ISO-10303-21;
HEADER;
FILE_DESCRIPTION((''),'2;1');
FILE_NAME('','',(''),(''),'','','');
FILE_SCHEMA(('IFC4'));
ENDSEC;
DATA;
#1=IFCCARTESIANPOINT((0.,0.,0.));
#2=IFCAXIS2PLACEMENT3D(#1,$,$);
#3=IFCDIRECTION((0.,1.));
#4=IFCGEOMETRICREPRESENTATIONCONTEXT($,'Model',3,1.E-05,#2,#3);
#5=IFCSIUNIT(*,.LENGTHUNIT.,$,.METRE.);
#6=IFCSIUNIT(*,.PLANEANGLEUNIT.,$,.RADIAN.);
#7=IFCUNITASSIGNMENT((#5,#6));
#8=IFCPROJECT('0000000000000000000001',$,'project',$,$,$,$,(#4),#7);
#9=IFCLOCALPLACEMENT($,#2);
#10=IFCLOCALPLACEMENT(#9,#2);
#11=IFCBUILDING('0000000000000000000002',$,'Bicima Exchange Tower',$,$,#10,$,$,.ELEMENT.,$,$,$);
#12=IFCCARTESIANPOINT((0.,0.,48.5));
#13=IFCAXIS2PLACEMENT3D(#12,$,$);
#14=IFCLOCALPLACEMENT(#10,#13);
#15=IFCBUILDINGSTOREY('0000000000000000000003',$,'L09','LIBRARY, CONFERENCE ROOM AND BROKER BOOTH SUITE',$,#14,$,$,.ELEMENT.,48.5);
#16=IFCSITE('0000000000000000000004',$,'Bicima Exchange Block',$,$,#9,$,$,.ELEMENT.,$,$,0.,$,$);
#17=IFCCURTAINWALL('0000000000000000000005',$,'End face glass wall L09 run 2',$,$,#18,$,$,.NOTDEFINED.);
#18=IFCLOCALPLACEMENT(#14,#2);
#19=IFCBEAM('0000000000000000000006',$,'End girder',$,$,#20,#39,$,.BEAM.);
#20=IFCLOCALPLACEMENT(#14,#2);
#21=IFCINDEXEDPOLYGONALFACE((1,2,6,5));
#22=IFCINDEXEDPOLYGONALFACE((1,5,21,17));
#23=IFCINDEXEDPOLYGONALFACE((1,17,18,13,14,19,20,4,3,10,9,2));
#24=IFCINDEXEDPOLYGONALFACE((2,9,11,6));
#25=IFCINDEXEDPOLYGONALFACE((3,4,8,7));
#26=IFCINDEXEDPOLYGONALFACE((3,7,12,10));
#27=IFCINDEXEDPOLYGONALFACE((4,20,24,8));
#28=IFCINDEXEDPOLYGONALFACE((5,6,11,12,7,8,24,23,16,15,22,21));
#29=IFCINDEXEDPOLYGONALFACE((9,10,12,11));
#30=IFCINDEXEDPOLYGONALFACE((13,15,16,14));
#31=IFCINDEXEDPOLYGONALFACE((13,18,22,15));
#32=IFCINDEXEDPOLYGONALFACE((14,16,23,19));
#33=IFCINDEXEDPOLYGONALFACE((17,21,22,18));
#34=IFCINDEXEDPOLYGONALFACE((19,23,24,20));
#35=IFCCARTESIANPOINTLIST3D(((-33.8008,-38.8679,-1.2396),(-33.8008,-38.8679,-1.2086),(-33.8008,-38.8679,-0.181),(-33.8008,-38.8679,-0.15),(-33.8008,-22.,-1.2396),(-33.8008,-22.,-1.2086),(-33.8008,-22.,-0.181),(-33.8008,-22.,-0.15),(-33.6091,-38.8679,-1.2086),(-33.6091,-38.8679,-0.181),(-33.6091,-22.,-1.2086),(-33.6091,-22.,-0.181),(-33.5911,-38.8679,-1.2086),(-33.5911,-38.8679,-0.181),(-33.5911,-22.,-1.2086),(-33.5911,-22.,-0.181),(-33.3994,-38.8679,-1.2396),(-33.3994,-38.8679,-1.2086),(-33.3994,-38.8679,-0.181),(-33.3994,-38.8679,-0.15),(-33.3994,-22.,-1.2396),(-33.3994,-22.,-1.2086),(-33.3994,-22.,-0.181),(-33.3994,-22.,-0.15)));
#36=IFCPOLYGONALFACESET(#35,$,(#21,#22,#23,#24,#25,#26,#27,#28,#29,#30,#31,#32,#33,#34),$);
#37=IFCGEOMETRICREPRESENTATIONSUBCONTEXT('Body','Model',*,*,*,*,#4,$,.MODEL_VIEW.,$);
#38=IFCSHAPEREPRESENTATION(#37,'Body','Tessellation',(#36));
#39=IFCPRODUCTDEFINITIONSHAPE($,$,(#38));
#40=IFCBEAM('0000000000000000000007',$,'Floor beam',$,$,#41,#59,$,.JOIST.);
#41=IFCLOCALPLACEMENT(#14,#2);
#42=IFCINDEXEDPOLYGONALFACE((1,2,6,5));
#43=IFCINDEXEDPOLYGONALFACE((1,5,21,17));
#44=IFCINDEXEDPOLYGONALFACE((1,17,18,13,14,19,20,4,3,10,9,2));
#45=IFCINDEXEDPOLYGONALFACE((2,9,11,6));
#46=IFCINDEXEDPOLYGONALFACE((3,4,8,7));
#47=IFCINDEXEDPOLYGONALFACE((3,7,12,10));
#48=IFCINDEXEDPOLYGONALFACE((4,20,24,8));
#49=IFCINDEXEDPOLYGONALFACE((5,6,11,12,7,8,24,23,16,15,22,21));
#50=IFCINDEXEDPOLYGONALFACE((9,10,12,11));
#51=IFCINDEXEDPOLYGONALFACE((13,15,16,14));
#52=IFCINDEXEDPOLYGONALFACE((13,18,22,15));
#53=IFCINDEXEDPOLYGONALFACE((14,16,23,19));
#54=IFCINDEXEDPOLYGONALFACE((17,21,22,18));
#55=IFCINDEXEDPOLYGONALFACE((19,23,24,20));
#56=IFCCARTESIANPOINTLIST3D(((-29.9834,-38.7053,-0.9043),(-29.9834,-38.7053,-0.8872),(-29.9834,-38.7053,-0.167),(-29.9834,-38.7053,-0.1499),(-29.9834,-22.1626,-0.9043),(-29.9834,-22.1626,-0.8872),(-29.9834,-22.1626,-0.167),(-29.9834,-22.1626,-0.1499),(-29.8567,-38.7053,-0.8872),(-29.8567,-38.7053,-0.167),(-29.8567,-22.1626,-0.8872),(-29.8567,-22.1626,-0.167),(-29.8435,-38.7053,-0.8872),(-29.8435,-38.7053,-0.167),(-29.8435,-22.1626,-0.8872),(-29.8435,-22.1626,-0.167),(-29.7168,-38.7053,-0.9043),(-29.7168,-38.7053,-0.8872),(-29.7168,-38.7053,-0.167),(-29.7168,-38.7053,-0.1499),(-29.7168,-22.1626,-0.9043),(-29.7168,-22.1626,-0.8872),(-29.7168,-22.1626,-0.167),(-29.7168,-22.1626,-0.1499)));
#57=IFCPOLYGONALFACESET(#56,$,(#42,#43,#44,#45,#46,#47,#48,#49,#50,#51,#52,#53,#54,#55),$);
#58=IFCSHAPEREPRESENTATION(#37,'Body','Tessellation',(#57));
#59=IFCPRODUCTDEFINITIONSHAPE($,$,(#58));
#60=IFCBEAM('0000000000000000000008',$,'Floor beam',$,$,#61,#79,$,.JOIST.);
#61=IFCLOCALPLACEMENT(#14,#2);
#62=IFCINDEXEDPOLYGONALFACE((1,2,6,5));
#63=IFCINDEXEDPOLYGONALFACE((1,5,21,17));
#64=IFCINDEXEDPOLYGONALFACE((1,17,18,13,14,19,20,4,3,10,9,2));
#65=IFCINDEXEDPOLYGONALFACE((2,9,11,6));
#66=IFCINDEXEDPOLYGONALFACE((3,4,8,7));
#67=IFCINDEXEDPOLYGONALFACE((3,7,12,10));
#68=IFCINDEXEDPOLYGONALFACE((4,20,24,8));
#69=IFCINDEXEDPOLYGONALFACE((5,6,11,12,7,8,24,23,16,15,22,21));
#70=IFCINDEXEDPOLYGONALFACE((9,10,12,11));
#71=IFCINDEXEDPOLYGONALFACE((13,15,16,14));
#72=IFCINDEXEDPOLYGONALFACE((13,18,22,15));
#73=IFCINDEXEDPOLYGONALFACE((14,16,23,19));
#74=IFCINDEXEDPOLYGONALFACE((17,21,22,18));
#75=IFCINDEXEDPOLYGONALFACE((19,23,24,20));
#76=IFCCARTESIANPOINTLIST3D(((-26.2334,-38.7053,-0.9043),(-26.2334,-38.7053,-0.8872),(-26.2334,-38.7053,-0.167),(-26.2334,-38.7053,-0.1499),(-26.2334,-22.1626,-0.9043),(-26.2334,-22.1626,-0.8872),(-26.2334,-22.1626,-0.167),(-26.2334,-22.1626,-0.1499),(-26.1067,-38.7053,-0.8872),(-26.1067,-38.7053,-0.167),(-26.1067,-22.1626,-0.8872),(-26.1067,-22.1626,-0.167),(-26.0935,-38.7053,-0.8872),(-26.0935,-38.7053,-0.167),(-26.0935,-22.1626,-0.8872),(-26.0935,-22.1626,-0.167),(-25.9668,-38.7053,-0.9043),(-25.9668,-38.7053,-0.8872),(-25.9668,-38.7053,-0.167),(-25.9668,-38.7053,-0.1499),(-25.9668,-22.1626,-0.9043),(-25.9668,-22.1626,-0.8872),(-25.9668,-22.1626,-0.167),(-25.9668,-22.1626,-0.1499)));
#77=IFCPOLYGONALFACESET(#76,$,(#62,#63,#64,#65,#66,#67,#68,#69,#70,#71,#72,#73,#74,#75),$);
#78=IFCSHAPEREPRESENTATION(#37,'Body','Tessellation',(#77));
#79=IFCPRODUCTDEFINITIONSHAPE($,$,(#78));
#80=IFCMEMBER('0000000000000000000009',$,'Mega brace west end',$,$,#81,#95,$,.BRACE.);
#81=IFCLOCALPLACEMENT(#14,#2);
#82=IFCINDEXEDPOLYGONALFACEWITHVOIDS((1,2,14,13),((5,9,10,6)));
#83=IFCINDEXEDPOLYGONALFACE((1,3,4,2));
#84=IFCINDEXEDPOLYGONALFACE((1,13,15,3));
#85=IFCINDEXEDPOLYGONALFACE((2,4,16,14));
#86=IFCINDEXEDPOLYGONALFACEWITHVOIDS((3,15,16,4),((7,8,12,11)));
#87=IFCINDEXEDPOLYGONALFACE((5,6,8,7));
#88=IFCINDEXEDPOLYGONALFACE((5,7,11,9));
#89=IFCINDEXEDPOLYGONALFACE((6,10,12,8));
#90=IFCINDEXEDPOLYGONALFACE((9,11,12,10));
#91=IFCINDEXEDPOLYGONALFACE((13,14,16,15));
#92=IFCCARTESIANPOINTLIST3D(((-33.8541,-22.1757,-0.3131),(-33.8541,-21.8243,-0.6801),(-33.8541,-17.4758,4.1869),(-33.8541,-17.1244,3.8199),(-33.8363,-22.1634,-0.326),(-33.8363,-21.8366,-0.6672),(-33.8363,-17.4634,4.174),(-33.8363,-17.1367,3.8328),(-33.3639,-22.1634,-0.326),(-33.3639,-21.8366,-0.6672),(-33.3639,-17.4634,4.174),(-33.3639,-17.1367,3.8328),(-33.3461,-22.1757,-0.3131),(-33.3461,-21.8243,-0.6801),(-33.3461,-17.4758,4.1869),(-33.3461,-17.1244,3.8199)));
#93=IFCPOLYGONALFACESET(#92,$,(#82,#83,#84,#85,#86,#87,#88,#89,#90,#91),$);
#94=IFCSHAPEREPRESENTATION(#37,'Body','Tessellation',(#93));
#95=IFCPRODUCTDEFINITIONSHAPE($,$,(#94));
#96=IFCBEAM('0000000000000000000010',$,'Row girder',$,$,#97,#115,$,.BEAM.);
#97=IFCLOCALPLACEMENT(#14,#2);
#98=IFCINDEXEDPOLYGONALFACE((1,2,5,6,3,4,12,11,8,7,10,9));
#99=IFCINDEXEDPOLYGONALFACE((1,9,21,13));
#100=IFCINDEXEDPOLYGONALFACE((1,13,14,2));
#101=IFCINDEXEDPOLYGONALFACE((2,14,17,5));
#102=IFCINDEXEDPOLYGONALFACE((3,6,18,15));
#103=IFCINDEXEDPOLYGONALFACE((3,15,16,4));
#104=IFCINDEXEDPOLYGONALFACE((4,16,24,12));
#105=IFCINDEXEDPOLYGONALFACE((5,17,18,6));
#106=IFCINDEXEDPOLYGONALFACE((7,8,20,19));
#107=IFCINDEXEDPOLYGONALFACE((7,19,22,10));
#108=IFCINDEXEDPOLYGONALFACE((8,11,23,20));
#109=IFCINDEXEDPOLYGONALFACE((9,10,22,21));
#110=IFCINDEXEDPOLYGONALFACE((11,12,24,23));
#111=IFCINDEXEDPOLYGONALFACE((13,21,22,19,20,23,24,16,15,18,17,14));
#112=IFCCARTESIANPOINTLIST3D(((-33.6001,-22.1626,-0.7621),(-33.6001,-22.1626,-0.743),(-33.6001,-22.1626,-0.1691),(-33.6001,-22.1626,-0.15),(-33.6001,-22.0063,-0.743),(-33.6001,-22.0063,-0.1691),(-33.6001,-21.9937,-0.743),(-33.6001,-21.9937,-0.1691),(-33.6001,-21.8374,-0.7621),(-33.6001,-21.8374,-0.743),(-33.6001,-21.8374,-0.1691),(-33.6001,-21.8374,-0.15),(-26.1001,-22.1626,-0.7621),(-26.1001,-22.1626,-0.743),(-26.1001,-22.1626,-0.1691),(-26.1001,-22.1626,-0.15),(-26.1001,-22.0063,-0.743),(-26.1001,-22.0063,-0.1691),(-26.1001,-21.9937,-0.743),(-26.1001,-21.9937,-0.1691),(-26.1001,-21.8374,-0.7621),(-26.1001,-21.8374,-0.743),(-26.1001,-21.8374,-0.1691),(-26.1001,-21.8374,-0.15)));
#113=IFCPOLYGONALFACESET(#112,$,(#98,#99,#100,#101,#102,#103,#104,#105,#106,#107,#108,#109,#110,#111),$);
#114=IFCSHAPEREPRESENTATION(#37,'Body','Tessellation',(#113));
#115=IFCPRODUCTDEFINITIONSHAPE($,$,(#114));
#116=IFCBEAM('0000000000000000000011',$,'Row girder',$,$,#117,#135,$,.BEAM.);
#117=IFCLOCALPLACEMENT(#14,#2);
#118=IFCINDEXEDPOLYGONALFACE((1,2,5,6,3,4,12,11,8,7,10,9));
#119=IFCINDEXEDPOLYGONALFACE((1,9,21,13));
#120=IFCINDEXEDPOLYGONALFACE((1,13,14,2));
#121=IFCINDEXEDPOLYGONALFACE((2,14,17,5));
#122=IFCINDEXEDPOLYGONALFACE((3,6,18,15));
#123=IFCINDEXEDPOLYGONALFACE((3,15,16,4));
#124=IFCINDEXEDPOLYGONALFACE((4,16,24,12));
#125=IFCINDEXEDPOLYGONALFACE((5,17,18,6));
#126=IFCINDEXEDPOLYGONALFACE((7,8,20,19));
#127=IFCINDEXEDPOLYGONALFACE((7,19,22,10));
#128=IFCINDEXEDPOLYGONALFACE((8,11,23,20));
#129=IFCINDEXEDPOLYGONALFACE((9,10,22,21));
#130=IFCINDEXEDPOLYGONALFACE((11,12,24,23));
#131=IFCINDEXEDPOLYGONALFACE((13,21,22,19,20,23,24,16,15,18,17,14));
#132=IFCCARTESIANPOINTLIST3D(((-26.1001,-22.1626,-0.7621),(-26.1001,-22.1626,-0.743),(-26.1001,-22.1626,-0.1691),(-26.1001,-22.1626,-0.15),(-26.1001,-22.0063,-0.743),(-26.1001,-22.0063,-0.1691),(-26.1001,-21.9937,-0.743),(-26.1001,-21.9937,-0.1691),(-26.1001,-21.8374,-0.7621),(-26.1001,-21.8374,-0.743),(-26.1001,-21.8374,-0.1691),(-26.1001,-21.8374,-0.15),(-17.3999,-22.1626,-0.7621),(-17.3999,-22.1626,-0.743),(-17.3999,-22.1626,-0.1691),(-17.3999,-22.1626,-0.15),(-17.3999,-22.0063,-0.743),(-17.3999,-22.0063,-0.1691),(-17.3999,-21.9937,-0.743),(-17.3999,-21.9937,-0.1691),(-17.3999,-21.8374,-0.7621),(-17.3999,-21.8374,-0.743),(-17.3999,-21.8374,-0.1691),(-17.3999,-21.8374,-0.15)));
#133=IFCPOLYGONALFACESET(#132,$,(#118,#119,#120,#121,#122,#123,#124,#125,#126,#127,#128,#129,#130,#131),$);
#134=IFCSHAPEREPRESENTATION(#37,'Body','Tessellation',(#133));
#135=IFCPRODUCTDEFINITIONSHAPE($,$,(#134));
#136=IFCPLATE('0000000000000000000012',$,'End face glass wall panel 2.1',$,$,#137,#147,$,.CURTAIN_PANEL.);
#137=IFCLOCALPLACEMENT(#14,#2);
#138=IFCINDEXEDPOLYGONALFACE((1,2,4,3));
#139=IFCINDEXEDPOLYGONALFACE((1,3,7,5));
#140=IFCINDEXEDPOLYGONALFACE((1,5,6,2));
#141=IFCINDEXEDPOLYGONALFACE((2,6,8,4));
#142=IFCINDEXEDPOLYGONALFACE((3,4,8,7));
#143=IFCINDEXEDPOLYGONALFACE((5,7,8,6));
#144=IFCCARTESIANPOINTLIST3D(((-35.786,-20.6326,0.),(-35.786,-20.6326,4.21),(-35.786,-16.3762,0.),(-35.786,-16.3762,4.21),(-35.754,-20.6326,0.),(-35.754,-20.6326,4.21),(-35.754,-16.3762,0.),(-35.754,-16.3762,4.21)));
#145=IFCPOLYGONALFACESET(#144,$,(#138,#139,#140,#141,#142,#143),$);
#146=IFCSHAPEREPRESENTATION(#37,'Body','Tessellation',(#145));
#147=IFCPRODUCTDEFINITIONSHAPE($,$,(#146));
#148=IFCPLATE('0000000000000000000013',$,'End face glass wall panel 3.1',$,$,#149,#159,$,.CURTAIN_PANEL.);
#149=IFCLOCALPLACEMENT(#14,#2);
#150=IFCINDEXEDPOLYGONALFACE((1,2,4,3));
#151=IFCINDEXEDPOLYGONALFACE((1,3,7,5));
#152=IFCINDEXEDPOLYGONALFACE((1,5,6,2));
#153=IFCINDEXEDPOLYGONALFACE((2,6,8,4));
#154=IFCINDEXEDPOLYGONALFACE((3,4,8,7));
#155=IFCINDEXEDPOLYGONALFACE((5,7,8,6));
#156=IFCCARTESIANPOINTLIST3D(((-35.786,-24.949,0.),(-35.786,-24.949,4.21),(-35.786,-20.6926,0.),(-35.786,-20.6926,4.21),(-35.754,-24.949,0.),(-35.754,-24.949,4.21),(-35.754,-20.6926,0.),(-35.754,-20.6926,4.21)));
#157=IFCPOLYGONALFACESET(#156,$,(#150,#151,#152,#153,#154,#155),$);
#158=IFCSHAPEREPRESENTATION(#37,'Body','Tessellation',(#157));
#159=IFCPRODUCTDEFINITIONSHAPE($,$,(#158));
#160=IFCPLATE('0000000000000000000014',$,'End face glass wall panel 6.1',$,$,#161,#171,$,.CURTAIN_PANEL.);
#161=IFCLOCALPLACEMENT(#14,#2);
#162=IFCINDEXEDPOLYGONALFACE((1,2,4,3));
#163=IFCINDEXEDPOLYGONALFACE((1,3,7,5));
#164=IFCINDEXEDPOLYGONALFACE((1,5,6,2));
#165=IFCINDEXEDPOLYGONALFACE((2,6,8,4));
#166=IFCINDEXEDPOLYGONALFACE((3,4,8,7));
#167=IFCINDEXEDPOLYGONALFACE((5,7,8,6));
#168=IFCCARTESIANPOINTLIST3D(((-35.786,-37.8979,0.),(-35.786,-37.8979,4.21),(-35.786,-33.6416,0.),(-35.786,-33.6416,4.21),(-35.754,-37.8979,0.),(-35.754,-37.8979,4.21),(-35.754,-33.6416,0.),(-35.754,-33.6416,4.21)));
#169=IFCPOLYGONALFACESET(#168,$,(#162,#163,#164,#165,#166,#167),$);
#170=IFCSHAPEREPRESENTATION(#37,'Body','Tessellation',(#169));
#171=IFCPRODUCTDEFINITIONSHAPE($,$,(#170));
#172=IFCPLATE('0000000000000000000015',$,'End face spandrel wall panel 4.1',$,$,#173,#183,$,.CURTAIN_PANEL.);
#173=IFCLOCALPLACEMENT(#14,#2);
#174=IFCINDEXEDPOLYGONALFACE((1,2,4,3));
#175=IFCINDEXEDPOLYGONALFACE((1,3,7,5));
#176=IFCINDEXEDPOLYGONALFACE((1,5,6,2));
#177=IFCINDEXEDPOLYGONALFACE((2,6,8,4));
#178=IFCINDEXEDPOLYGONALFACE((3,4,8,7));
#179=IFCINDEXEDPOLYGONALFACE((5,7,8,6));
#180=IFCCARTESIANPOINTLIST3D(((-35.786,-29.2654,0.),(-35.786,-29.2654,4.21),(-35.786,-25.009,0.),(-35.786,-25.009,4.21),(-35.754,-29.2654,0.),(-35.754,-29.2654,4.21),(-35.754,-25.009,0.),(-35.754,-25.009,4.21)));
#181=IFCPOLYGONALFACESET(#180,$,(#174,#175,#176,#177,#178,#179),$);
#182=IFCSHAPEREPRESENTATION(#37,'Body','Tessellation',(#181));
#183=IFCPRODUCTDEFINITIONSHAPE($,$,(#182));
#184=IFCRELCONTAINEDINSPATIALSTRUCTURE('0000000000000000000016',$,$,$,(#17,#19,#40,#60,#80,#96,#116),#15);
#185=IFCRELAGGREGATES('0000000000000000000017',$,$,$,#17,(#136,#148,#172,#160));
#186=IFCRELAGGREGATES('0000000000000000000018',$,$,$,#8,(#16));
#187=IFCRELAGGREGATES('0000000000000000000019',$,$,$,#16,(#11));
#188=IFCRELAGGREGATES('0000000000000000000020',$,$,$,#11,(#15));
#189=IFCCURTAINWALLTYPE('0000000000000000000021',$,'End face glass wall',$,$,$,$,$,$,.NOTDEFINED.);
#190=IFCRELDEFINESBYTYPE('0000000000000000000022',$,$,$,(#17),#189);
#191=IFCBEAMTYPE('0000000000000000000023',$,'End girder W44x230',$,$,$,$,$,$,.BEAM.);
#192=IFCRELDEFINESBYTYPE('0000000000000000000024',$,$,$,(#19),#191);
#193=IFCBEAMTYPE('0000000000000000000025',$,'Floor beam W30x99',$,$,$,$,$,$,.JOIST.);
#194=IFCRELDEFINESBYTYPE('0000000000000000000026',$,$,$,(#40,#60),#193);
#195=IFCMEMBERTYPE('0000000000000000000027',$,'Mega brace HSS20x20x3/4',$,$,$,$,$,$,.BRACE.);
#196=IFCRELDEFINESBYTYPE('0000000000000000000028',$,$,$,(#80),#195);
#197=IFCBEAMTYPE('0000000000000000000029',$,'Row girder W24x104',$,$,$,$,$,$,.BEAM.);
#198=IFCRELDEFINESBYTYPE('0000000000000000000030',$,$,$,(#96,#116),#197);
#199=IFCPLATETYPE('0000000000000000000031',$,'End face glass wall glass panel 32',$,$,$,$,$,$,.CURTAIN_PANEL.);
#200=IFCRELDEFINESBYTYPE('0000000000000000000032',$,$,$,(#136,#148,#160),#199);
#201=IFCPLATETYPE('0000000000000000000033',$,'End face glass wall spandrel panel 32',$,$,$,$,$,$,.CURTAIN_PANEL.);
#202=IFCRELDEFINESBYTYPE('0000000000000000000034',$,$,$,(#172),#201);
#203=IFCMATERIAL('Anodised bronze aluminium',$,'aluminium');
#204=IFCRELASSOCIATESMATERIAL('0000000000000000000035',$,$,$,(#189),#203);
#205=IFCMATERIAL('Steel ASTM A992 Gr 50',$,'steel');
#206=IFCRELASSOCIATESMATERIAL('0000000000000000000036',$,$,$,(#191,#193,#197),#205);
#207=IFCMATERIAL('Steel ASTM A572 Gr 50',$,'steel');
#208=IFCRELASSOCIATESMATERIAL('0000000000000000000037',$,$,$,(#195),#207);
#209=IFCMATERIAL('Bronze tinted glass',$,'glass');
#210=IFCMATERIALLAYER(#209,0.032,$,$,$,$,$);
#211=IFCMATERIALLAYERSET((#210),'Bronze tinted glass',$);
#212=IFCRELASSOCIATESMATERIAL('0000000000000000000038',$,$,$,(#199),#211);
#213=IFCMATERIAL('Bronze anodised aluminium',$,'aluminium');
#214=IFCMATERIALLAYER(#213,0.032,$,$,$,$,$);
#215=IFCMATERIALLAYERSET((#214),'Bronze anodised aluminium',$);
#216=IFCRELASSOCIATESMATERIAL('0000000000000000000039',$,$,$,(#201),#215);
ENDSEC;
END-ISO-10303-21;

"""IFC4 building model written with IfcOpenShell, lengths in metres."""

from ifc_helpers import new_model, si_unit, direction, frame, origin, origin_2d, place, context, subcontext, project, spatial, rectangle, hollow_rectangle, i_section, extrude, material, layer, layer_set, material_profile, profile_set, type_object, element, aggregate, save


model = new_model("IFC4")

# Units and contexts
model_context = context("Model", 3, precision=1e-05, world=origin(), true_north=direction((0.0, 1.0)))
body_context = subcontext(model_context, "Body", "Model", "MODEL_VIEW")
ifc_project = project(units=[si_unit("LENGTHUNIT", "METRE"), si_unit("PLANEANGLEUNIT", "RADIAN")], contexts=[model_context])

# Site, building, storey
site_placement = place(None, origin())
site = spatial("IfcSite", under=ifc_project, at=site_placement, Name="Bicima Exchange Block", CompositionType="ELEMENT", RefElevation=0.0)
building_placement = place(site_placement, origin())
building = spatial("IfcBuilding", under=site, at=building_placement, Name="Bicima Exchange Tower", CompositionType="ELEMENT")
storey_placement = place(building_placement, frame((0.0, 0.0, 48.5)))
storey = spatial("IfcBuildingStorey", under=building, at=storey_placement, Name="L09", Description="LIBRARY, CONFERENCE ROOM AND BROKER BOOTH SUITE", CompositionType="ELEMENT", Elevation=48.5)

# Shared definitions
ifc_material_1 = material(Name="Steel ASTM A992 Gr 50", Category="steel")

# Curtain wall
ifc_material_2 = material(Name="Anodised bronze aluminium", Category="aluminium")
curtain_wall_type = type_object("IfcCurtainWallType", Name="End face glass wall", PredefinedType="NOTDEFINED", material=ifc_material_2)
curtain_wall_placement = place(storey_placement, origin())
curtain_wall = element("IfcCurtainWall", 1, at=curtain_wall_placement, inside=storey, type_object=curtain_wall_type, Name="End face glass wall L09 run 2", PredefinedType="NOTDEFINED")

# Beams
ifc_material_profile_1 = material_profile(ifc_material_1, i_section(OverallWidth=0.4014, OverallDepth=1.0896, WebThickness=0.0181, FlangeThickness=0.031, at=origin_2d()))
ifc_profile_set_1 = profile_set([ifc_material_profile_1], Name="Steel ASTM A992 Gr 50")
beam_type_1 = type_object("IfcBeamType", Name="End girder W44x230", PredefinedType="BEAM", material=ifc_profile_set_1)
beam_1_placement = place(storey_placement, frame((-33.6001, -22.0, -0.6948), z_axis=(0.0, -1.0, 0.0), x_axis=(1.0, 0.0, 0.0)))
element("IfcBeam", 2, at=beam_1_placement, inside=storey, type_object=beam_type_1, Name="End girder", PredefinedType="BEAM", context=body_context, shape_type="SweptSolid", body=[
    extrude(i_section(OverallWidth=0.4014, OverallDepth=1.0896, WebThickness=0.0181, FlangeThickness=0.031, at=origin_2d()), origin(), (0.0, 0.0, 1.0), 16.8679),
])
ifc_material_profile_2 = material_profile(ifc_material_1, i_section(OverallWidth=0.2666, OverallDepth=0.7544, WebThickness=0.0132, FlangeThickness=0.0171, at=origin_2d()))
ifc_profile_set_2 = profile_set([ifc_material_profile_2], Name="Steel ASTM A992 Gr 50")
beam_type_2 = type_object("IfcBeamType", Name="Floor beam W30x99", PredefinedType="JOIST", material=ifc_profile_set_2)
for number, where, z_axis, x_axis, name in (
    (3, (-29.8501, -22.1626, -0.5271), (0.0, -1.0, 0.0), (1.0, 0.0, 0.0), "Floor beam"),
    (4, (-26.1001, -22.1626, -0.5271), (0.0, -1.0, 0.0), (1.0, 0.0, 0.0), "Floor beam"),
):
    element("IfcBeam", number, at=place(storey_placement, frame(where, z_axis=z_axis, x_axis=x_axis)), inside=storey, type_object=beam_type_2, Name=name, PredefinedType="JOIST", context=body_context, shape_type="SweptSolid", body=[
        extrude(i_section(OverallWidth=0.2666, OverallDepth=0.7544, WebThickness=0.0132, FlangeThickness=0.0171, at=origin_2d()), origin(), (0.0, 0.0, 1.0), 16.5427),
    ])

# Member
ifc_material_3 = material(Name="Steel ASTM A572 Gr 50", Category="steel")
ifc_material_profile_3 = material_profile(ifc_material_3, hollow_rectangle(XDim=0.5081, YDim=0.5081, WallThickness=0.0178, at=origin_2d()))
ifc_profile_set_3 = profile_set([ifc_material_profile_3], Name="Steel ASTM A572 Gr 50")
member_type_1 = type_object("IfcMemberType", Name="Mega brace HSS20x20x3/4", PredefinedType="BRACE", material=ifc_profile_set_3)
member_1_placement = place(storey_placement, frame((-33.6001, -22.0, -0.4966), z_axis=(0.0, 0.722304, 0.691575), x_axis=(-1.0, 0.0, 0.0)))
element("IfcMember", 5, at=member_1_placement, inside=storey, type_object=member_type_1, Name="Mega brace west end", PredefinedType="BRACE", context=body_context, shape_type="SweptSolid", body=[
    extrude(hollow_rectangle(XDim=0.5081, YDim=0.5081, WallThickness=0.0178, at=origin_2d()), origin(), (0.0, 0.0, 1.0), 6.5068),
])

# Beams
ifc_material_profile_4 = material_profile(ifc_material_1, i_section(OverallWidth=0.3252, OverallDepth=0.6121, WebThickness=0.0127, FlangeThickness=0.019, at=origin_2d()))
ifc_profile_set_4 = profile_set([ifc_material_profile_4], Name="Steel ASTM A992 Gr 50")
beam_type_3 = type_object("IfcBeamType", Name="Row girder W24x104", PredefinedType="BEAM", material=ifc_profile_set_4)
beam_2_placement = place(storey_placement, frame((-33.6001, -22.0, -0.4561), z_axis=(1.0, 0.0, 0.0), x_axis=(0.0, 1.0, 0.0)))
element("IfcBeam", 6, at=beam_2_placement, inside=storey, type_object=beam_type_3, Name="Row girder", PredefinedType="BEAM", context=body_context, shape_type="SweptSolid", body=[
    extrude(i_section(OverallWidth=0.3252, OverallDepth=0.6121, WebThickness=0.0127, FlangeThickness=0.019, at=origin_2d()), origin(), (0.0, 0.0, 1.0), 7.5),
])
beam_3_placement = place(storey_placement, frame((-26.1001, -22.0, -0.4561), z_axis=(1.0, 0.0, 0.0), x_axis=(0.0, 1.0, 0.0)))
element("IfcBeam", 7, at=beam_3_placement, inside=storey, type_object=beam_type_3, Name="Row girder", PredefinedType="BEAM", context=body_context, shape_type="SweptSolid", body=[
    extrude(i_section(OverallWidth=0.3252, OverallDepth=0.6121, WebThickness=0.0127, FlangeThickness=0.019, at=origin_2d()), origin(), (0.0, 0.0, 1.0), 8.7002),
])

# Plates
ifc_material_4 = material(Name="Bronze tinted glass", Category="glass")
ifc_layer_1 = layer(ifc_material_4, 0.032)
ifc_layer_set_1 = layer_set([ifc_layer_1], Name="Bronze tinted glass")
plate_type_1 = type_object("IfcPlateType", Name="End face glass wall glass panel 32", PredefinedType="CURTAIN_PANEL", material=ifc_layer_set_1)
plate_1_placement = place(storey_placement, frame((-35.77, -18.5044, 0.0), z_axis=(0.0, 0.0, 1.0), x_axis=(0.0, -1.0, 0.0)))
plate_1 = element("IfcPlate", 8, at=plate_1_placement, type_object=plate_type_1, Name="End face glass wall panel 2.1", PredefinedType="CURTAIN_PANEL", context=body_context, shape_type="SweptSolid", body=[
    extrude(rectangle(XDim=4.2563, YDim=0.032, at=origin_2d()), origin(), (0.0, 0.0, 1.0), 4.21),
])
plate_2_placement = place(storey_placement, frame((-35.77, -22.8208, 0.0), z_axis=(0.0, 0.0, 1.0), x_axis=(0.0, -1.0, 0.0)))
plate_2 = element("IfcPlate", 9, at=plate_2_placement, type_object=plate_type_1, Name="End face glass wall panel 3.1", PredefinedType="CURTAIN_PANEL", context=body_context, shape_type="SweptSolid", body=[
    extrude(rectangle(XDim=4.2563, YDim=0.032, at=origin_2d()), origin(), (0.0, 0.0, 1.0), 4.21),
])
plate_3_placement = place(storey_placement, frame((-35.77, -35.7698, 0.0), z_axis=(0.0, 0.0, 1.0), x_axis=(0.0, -1.0, 0.0)))
plate_3 = element("IfcPlate", 10, at=plate_3_placement, type_object=plate_type_1, Name="End face glass wall panel 6.1", PredefinedType="CURTAIN_PANEL", context=body_context, shape_type="SweptSolid", body=[
    extrude(rectangle(XDim=4.2563, YDim=0.032, at=origin_2d()), origin(), (0.0, 0.0, 1.0), 4.21),
])
ifc_material_5 = material(Name="Bronze anodised aluminium", Category="aluminium")
ifc_layer_2 = layer(ifc_material_5, 0.032)
ifc_layer_set_2 = layer_set([ifc_layer_2], Name="Bronze anodised aluminium")
plate_type_2 = type_object("IfcPlateType", Name="End face glass wall spandrel panel 32", PredefinedType="CURTAIN_PANEL", material=ifc_layer_set_2)
plate_4_placement = place(storey_placement, frame((-35.77, -27.1372, 0.0), z_axis=(0.0, 0.0, 1.0), x_axis=(0.0, -1.0, 0.0)))
plate_4 = element("IfcPlate", 11, at=plate_4_placement, type_object=plate_type_2, Name="End face spandrel wall panel 4.1", PredefinedType="CURTAIN_PANEL", context=body_context, shape_type="SweptSolid", body=[
    extrude(rectangle(XDim=4.2563, YDim=0.032, at=origin_2d()), origin(), (0.0, 0.0, 1.0), 4.21),
])
aggregate(curtain_wall, [plate_1, plate_2, plate_4, plate_3])

save(model, "model.ifc")
